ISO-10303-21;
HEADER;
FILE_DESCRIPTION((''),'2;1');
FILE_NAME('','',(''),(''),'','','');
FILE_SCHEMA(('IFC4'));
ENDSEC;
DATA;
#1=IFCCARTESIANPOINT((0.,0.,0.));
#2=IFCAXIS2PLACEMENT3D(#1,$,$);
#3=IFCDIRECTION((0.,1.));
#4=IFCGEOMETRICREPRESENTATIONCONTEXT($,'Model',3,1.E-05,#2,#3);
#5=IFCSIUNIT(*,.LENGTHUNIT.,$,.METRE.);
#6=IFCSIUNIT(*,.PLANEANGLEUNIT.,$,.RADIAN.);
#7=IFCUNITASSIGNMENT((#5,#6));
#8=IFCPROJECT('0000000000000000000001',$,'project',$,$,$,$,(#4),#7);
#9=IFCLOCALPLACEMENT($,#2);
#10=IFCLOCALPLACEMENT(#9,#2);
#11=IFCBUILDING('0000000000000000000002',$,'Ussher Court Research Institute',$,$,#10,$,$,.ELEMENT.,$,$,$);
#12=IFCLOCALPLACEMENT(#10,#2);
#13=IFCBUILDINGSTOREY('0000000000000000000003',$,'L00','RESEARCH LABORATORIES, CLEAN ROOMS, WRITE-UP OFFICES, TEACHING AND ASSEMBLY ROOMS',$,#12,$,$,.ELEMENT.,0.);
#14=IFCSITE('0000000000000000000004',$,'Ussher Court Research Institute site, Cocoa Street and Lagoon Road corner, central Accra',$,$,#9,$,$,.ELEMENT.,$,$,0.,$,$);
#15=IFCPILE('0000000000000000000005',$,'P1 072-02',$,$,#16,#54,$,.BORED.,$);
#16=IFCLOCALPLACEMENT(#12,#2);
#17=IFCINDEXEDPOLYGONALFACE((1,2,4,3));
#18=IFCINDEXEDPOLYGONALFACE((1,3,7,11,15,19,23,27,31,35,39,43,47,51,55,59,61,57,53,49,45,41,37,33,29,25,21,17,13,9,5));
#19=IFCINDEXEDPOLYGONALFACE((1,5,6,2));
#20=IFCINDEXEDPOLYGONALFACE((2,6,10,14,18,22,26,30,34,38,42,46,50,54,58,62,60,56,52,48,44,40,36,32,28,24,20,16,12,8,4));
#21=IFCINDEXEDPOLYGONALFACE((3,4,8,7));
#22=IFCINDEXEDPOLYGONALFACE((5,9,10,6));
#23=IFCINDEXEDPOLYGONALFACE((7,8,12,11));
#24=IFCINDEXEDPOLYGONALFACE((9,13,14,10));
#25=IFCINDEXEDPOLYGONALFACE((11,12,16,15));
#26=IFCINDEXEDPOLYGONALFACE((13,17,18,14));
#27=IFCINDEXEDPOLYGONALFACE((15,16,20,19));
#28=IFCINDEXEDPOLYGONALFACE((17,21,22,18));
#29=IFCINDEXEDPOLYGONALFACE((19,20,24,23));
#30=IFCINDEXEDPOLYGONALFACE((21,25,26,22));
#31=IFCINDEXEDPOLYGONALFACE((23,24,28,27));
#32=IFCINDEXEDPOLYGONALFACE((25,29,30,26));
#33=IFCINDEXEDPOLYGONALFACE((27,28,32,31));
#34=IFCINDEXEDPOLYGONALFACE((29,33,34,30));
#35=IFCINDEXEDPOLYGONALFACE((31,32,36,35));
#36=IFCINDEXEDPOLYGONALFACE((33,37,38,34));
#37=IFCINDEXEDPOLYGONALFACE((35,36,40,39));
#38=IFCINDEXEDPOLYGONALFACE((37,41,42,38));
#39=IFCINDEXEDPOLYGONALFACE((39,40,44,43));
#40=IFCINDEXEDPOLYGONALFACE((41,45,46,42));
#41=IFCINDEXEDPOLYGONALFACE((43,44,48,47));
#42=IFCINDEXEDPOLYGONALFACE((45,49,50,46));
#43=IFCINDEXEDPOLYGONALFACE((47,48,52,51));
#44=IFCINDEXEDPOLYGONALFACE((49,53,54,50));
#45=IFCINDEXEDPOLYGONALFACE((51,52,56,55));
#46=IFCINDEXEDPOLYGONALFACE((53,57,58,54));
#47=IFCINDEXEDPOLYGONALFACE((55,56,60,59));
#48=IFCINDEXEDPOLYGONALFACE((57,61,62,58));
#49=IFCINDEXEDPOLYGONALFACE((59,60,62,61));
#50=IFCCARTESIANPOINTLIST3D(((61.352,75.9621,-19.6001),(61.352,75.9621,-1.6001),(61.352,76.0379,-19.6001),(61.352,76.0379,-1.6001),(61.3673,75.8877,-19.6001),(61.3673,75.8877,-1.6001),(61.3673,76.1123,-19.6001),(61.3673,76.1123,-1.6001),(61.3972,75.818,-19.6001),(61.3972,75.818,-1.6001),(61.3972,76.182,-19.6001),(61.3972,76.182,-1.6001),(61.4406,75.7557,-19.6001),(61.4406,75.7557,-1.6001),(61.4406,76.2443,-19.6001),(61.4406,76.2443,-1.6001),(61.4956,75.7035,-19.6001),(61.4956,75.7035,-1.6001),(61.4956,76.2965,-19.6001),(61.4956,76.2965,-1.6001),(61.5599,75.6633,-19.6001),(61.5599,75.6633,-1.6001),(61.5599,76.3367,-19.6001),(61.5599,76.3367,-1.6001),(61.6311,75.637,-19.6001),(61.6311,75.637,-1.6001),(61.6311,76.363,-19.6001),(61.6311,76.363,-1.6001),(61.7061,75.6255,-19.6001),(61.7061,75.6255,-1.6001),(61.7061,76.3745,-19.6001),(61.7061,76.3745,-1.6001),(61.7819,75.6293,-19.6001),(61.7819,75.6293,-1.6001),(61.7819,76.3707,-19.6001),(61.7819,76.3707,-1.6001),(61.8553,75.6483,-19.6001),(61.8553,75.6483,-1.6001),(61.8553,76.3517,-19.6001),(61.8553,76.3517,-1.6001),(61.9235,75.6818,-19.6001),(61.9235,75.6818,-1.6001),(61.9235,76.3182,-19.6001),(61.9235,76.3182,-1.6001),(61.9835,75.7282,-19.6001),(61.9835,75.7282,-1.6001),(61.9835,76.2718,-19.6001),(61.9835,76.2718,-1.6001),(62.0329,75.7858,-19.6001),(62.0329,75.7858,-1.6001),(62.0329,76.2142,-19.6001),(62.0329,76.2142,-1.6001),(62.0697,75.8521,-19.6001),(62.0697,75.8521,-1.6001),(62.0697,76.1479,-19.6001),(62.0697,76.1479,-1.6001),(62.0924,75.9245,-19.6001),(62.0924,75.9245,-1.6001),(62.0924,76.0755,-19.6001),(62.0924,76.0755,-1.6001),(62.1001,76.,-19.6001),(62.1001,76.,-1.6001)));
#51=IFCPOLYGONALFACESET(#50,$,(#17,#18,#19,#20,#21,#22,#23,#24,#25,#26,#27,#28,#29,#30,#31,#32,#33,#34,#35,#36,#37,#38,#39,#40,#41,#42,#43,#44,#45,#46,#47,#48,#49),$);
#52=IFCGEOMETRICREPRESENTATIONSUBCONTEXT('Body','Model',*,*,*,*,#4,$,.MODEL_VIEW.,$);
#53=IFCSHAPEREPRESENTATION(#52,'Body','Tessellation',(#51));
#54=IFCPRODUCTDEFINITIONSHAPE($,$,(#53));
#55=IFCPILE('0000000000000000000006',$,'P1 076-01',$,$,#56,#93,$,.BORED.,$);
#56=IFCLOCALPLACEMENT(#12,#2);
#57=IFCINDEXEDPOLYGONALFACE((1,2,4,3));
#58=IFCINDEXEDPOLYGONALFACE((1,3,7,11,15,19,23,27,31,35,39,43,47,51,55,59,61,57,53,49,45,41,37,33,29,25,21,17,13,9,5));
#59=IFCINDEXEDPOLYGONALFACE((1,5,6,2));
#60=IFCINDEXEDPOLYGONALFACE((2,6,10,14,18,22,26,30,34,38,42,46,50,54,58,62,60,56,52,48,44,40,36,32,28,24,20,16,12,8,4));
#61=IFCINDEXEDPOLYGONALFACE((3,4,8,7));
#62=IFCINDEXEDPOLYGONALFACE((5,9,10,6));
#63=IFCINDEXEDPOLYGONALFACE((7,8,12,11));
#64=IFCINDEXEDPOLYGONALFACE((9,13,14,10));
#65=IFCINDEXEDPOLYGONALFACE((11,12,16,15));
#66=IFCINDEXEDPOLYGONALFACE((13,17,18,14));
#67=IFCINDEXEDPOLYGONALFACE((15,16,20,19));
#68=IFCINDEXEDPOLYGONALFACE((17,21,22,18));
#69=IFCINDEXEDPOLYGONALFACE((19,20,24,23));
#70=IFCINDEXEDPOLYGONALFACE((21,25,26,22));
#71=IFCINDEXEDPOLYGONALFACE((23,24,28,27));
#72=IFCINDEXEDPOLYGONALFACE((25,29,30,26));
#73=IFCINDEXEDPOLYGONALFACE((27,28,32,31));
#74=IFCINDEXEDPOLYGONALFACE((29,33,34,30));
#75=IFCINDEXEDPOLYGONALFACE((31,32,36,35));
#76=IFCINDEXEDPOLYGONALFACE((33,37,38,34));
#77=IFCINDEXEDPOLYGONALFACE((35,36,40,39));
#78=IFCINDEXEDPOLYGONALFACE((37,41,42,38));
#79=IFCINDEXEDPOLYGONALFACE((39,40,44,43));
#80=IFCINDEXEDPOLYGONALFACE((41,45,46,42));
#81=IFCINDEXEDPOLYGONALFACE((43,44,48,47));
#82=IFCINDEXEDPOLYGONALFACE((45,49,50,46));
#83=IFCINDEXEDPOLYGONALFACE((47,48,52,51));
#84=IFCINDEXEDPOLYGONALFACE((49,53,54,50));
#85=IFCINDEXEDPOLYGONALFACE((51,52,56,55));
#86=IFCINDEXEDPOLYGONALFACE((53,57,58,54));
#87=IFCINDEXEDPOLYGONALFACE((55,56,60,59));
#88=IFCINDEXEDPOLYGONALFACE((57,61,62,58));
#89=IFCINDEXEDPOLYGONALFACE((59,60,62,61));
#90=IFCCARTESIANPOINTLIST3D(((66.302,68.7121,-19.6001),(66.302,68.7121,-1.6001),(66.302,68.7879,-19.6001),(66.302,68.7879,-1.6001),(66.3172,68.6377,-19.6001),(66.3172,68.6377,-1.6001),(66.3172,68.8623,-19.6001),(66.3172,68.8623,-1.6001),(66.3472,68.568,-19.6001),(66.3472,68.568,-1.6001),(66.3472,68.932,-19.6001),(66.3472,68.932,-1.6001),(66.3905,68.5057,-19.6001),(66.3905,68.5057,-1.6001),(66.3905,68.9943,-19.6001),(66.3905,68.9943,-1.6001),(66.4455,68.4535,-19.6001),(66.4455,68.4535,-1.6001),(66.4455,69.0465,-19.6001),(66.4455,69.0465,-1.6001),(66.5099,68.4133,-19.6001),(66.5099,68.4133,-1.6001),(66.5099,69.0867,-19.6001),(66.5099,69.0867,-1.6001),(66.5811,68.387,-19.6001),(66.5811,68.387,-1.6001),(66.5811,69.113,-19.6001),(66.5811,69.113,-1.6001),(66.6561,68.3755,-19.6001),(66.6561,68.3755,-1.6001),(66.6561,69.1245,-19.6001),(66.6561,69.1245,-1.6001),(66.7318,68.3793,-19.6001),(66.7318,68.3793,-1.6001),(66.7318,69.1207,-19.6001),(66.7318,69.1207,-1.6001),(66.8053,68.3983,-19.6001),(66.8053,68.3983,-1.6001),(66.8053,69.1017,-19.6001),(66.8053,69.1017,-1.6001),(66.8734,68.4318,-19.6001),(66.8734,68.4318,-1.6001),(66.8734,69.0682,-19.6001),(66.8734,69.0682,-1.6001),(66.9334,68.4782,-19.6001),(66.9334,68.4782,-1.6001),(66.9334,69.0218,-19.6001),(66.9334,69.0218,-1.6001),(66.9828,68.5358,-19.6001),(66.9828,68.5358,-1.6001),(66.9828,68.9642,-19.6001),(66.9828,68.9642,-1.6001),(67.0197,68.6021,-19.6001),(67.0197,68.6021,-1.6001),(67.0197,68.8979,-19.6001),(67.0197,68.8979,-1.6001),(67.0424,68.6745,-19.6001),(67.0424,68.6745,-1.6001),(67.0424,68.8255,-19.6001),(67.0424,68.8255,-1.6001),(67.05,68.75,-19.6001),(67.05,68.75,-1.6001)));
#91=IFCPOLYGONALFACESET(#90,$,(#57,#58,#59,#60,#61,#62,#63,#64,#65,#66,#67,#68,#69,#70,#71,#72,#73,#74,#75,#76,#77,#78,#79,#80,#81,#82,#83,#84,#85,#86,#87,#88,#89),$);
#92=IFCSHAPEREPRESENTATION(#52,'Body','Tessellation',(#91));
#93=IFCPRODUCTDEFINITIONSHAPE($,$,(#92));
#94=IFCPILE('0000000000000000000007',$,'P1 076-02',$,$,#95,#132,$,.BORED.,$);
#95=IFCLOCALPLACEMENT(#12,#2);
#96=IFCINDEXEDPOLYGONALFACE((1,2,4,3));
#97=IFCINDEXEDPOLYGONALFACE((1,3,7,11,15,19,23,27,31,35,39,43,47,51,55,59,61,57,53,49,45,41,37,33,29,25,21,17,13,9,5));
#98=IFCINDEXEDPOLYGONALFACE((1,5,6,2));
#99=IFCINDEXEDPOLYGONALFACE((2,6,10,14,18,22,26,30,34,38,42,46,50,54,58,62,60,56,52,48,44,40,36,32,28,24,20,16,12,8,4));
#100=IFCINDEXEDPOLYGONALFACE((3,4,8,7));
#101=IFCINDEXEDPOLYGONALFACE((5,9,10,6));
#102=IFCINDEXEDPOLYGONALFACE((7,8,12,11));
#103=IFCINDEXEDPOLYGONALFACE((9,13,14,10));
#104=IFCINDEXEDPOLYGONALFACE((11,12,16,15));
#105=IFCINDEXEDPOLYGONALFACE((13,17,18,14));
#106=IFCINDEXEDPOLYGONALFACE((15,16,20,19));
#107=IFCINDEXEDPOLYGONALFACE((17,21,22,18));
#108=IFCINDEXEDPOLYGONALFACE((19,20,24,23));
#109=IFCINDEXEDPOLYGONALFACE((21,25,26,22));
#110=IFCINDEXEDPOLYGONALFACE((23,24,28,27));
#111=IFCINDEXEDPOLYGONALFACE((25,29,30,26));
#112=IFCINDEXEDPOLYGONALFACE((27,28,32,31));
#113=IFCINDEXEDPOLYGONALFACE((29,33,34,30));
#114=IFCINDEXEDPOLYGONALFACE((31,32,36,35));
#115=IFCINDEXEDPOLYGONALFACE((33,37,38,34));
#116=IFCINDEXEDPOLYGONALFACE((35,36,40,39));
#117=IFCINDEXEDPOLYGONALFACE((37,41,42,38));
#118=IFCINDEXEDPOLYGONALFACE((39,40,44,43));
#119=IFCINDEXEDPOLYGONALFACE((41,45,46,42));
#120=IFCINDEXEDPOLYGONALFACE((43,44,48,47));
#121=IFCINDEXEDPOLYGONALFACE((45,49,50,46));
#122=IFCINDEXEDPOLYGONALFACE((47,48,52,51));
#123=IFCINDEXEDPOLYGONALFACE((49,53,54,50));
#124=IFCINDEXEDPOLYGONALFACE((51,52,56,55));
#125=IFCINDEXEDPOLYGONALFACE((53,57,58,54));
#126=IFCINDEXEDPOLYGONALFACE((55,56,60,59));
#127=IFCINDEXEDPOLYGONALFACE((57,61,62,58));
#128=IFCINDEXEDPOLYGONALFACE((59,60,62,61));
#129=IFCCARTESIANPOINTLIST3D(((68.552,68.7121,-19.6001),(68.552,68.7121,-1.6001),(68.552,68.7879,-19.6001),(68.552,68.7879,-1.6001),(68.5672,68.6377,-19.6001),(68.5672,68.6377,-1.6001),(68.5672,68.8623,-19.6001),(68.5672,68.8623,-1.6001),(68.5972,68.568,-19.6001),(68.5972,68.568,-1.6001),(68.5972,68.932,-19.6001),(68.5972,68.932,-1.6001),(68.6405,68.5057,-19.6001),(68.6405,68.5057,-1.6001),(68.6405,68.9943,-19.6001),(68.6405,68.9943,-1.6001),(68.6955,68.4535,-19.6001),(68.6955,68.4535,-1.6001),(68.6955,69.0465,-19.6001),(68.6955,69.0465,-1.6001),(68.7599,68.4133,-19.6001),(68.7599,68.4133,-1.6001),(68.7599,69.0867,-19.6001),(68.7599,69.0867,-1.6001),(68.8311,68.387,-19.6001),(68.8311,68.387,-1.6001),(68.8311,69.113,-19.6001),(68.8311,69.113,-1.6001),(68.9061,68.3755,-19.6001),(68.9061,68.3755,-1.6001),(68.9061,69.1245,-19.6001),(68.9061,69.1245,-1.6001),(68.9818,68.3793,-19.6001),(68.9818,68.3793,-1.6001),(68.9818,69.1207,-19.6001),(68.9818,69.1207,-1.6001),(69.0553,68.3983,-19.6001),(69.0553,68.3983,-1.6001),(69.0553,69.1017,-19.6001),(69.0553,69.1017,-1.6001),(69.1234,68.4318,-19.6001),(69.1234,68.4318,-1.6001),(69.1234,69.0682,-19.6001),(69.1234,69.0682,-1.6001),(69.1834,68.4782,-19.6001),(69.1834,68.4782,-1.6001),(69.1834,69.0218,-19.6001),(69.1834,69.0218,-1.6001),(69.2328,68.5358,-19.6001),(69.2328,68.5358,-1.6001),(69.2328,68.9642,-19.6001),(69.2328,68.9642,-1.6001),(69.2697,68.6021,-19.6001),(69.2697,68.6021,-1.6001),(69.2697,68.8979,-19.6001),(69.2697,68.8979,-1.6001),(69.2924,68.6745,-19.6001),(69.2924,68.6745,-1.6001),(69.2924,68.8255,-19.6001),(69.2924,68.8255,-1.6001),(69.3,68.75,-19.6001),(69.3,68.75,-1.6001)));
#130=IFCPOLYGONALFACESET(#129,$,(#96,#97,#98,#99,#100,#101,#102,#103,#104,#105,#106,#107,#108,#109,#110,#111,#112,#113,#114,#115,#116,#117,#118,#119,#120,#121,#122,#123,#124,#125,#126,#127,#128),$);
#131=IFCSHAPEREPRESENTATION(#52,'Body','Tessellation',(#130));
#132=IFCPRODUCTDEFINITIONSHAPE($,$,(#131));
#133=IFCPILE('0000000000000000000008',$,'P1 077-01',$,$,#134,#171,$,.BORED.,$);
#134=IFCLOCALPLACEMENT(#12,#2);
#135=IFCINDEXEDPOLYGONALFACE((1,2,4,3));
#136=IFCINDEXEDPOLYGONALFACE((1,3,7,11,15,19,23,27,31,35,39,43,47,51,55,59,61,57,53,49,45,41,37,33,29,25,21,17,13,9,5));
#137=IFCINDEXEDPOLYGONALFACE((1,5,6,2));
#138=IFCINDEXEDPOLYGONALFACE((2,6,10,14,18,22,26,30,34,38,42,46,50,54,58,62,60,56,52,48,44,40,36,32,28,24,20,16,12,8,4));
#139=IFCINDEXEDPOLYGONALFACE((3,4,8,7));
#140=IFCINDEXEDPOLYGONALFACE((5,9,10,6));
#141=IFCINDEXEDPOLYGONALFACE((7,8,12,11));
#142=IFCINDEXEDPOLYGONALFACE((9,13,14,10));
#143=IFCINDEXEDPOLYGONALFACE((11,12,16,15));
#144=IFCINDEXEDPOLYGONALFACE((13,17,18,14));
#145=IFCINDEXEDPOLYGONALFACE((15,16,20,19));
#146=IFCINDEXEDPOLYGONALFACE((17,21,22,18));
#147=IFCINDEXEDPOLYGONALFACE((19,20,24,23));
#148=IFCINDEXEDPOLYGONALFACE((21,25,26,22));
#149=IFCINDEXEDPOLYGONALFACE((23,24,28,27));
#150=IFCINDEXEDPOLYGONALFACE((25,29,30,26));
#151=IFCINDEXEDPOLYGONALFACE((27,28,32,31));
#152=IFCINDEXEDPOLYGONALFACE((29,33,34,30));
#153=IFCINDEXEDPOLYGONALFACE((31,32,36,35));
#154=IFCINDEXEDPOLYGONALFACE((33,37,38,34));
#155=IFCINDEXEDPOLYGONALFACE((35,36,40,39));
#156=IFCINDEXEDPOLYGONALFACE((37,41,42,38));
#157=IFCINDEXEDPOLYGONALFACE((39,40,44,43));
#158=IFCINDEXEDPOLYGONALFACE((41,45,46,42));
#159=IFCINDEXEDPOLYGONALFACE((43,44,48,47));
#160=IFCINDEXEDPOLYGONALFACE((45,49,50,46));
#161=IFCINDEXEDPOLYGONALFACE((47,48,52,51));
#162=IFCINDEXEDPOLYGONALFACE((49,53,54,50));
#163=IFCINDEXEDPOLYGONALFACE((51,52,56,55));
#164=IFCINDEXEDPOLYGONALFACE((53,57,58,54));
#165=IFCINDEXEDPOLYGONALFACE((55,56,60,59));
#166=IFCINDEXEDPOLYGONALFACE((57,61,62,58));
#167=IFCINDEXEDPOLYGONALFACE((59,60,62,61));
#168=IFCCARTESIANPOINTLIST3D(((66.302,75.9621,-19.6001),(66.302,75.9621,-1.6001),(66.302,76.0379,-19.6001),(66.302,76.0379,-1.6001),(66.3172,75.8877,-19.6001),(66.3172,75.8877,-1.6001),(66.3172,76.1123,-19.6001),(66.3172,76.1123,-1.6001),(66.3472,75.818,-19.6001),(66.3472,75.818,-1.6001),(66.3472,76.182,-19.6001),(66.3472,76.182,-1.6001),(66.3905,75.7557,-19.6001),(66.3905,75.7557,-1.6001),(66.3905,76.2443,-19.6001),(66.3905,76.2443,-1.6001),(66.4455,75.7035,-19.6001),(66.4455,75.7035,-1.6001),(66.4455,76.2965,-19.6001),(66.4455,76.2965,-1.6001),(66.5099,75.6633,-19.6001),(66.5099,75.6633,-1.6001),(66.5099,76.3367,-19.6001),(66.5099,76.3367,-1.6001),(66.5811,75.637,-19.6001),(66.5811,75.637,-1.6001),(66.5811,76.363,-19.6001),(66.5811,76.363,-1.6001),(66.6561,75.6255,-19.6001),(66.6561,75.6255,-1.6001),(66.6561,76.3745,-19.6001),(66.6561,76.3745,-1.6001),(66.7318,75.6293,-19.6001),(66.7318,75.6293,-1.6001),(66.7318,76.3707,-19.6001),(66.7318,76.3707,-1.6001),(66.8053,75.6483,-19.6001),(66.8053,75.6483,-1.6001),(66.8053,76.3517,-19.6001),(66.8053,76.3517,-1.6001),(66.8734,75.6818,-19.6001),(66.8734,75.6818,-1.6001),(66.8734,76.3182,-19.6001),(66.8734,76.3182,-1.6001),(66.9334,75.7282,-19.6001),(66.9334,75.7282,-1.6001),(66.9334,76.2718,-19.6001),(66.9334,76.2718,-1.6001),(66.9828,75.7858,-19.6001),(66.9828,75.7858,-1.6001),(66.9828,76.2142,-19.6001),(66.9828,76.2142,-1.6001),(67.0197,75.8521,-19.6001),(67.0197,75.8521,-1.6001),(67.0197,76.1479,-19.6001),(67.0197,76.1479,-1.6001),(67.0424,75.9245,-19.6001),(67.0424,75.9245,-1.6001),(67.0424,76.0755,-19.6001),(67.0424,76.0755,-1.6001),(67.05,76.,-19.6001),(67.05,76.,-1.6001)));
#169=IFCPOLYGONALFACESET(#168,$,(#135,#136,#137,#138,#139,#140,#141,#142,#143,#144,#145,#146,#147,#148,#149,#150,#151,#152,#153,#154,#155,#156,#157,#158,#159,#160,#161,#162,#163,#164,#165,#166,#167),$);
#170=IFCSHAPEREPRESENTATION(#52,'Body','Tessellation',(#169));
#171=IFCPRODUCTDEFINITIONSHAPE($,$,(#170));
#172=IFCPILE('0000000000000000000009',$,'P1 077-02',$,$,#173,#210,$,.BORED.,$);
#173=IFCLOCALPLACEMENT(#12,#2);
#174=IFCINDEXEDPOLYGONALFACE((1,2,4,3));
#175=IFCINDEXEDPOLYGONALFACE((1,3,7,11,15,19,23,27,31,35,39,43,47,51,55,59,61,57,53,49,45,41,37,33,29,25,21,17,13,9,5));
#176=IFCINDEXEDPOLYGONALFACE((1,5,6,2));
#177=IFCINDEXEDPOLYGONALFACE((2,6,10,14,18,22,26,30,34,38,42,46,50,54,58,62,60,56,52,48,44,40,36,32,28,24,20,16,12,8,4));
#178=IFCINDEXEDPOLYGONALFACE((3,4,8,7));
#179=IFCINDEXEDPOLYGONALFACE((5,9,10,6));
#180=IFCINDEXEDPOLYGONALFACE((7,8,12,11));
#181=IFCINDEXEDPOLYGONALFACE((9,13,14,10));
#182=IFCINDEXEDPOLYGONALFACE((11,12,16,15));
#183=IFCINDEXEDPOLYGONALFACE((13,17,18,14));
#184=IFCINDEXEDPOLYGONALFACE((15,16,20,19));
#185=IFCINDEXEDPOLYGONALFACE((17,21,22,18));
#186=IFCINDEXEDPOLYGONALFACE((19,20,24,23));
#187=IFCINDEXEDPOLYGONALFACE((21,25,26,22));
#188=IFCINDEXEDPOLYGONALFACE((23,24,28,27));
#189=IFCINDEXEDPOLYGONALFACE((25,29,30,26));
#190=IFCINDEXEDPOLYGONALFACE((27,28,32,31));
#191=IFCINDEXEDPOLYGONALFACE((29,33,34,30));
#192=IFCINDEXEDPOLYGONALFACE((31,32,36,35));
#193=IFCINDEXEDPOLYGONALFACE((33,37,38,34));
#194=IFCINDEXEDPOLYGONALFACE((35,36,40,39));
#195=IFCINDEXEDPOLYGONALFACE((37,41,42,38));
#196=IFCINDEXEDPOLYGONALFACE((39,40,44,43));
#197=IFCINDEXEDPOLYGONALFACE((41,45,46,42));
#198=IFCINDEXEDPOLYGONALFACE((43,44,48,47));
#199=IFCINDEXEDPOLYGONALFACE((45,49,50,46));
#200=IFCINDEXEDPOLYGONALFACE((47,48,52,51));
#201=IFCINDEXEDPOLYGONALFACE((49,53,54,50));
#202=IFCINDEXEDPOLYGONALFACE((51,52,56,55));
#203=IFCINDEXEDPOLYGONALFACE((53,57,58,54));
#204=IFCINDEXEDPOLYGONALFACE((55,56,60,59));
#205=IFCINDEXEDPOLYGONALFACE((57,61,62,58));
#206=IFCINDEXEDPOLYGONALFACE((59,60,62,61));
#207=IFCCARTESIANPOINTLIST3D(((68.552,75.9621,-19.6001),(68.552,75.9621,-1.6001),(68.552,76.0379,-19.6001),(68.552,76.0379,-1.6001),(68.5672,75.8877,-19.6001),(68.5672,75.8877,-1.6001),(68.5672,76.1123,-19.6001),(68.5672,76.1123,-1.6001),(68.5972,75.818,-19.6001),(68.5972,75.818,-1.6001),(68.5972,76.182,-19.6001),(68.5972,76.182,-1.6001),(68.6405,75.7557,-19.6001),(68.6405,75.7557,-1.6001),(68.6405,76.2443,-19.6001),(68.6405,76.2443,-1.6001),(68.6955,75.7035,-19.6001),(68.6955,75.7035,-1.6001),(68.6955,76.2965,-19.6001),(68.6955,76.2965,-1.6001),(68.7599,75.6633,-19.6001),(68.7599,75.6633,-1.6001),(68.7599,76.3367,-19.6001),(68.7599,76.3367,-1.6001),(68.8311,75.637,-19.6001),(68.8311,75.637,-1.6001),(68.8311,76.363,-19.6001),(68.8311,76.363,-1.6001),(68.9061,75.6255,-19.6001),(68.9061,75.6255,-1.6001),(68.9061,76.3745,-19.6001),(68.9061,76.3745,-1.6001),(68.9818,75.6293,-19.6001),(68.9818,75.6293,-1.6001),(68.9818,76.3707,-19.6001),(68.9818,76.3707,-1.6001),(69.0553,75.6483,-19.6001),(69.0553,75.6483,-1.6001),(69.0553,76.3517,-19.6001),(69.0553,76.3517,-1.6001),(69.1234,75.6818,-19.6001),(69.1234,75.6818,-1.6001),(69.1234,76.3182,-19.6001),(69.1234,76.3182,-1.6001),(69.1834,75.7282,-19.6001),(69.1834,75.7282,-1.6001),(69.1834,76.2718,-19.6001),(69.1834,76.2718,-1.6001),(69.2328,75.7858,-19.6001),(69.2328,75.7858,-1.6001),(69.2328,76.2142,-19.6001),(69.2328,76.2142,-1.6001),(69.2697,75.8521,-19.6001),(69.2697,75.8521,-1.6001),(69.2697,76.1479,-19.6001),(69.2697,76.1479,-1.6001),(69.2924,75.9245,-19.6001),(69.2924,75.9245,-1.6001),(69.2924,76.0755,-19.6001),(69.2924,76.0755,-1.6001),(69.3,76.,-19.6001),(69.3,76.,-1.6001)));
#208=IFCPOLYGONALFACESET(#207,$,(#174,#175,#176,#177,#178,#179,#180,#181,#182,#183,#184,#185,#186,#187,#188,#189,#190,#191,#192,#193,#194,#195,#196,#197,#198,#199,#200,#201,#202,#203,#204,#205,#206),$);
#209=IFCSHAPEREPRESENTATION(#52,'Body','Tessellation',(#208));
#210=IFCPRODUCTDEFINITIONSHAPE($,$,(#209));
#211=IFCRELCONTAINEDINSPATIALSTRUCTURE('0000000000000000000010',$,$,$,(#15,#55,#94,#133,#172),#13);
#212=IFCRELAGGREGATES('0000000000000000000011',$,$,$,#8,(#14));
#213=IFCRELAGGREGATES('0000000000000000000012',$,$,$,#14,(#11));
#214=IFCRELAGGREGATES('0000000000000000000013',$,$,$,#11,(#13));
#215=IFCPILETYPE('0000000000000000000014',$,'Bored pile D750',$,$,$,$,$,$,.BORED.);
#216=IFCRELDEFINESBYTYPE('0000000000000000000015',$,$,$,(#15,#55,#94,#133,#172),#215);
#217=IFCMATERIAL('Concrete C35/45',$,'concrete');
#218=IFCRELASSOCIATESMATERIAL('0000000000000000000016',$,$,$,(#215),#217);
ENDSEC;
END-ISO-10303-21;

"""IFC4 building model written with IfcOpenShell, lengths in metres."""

from ifc_helpers import new_model, si_unit, direction, frame, origin, origin_2d, place, context, subcontext, project, spatial, circle, extrude, material, material_profile, profile_set, type_object, element, save


model = new_model("IFC4")

# Units and contexts
model_context = context("Model", 3, precision=1e-05, world=origin(), true_north=direction((0.0, 1.0)))
body_context = subcontext(model_context, "Body", "Model", "MODEL_VIEW")
ifc_project = project(units=[si_unit("LENGTHUNIT", "METRE"), si_unit("PLANEANGLEUNIT", "RADIAN")], contexts=[model_context])

# Site, building, storey
site_placement = place(None, origin())
site = spatial("IfcSite", under=ifc_project, at=site_placement, Name="Ussher Court Research Institute site, Cocoa Street and Lagoon Road corner, central Accra", CompositionType="ELEMENT", RefElevation=0.0)
building_placement = place(site_placement, origin())
building = spatial("IfcBuilding", under=site, at=building_placement, Name="Ussher Court Research Institute", CompositionType="ELEMENT")
storey_placement = place(building_placement, origin())
storey = spatial("IfcBuildingStorey", under=building, at=storey_placement, Name="L00", Description="RESEARCH LABORATORIES, CLEAN ROOMS, WRITE-UP OFFICES, TEACHING AND ASSEMBLY ROOMS", CompositionType="ELEMENT", Elevation=0.0)

# Piles
ifc_material_1 = material(Name="Concrete C35/45", Category="concrete")
ifc_material_profile_1 = material_profile(ifc_material_1, circle(Radius=0.375, at=origin_2d()), Name="RC D750")
ifc_profile_set_1 = profile_set([ifc_material_profile_1], Name="Concrete C35/45")
pile_type = type_object("IfcPileType", Name="Bored pile D750", PredefinedType="BORED", material=ifc_profile_set_1)
for number, where, z_axis, x_axis, name in (
    (1, (61.7251, 76.0, -1.6001), (0.0, 0.0, -1.0), (1.0, 0.0, 0.0), "P1 072-02"),
    (2, (66.675, 68.75, -1.6001), (0.0, 0.0, -1.0), (1.0, 0.0, 0.0), "P1 076-01"),
    (3, (68.925, 68.75, -1.6001), (0.0, 0.0, -1.0), (1.0, 0.0, 0.0), "P1 076-02"),
    (4, (66.675, 76.0, -1.6001), (0.0, 0.0, -1.0), (1.0, 0.0, 0.0), "P1 077-01"),
    (5, (68.925, 76.0, -1.6001), (0.0, 0.0, -1.0), (1.0, 0.0, 0.0), "P1 077-02"),
):
    element("IfcPile", number, at=place(storey_placement, frame(where, z_axis=z_axis, x_axis=x_axis)), inside=storey, type_object=pile_type, Name=name, PredefinedType="BORED", context=body_context, shape_type="SweptSolid", body=[
        extrude(circle(Radius=0.375, at=origin_2d()), origin(), (0.0, 0.0, 1.0), 18.0),
    ])

save(model, "model.ifc")
